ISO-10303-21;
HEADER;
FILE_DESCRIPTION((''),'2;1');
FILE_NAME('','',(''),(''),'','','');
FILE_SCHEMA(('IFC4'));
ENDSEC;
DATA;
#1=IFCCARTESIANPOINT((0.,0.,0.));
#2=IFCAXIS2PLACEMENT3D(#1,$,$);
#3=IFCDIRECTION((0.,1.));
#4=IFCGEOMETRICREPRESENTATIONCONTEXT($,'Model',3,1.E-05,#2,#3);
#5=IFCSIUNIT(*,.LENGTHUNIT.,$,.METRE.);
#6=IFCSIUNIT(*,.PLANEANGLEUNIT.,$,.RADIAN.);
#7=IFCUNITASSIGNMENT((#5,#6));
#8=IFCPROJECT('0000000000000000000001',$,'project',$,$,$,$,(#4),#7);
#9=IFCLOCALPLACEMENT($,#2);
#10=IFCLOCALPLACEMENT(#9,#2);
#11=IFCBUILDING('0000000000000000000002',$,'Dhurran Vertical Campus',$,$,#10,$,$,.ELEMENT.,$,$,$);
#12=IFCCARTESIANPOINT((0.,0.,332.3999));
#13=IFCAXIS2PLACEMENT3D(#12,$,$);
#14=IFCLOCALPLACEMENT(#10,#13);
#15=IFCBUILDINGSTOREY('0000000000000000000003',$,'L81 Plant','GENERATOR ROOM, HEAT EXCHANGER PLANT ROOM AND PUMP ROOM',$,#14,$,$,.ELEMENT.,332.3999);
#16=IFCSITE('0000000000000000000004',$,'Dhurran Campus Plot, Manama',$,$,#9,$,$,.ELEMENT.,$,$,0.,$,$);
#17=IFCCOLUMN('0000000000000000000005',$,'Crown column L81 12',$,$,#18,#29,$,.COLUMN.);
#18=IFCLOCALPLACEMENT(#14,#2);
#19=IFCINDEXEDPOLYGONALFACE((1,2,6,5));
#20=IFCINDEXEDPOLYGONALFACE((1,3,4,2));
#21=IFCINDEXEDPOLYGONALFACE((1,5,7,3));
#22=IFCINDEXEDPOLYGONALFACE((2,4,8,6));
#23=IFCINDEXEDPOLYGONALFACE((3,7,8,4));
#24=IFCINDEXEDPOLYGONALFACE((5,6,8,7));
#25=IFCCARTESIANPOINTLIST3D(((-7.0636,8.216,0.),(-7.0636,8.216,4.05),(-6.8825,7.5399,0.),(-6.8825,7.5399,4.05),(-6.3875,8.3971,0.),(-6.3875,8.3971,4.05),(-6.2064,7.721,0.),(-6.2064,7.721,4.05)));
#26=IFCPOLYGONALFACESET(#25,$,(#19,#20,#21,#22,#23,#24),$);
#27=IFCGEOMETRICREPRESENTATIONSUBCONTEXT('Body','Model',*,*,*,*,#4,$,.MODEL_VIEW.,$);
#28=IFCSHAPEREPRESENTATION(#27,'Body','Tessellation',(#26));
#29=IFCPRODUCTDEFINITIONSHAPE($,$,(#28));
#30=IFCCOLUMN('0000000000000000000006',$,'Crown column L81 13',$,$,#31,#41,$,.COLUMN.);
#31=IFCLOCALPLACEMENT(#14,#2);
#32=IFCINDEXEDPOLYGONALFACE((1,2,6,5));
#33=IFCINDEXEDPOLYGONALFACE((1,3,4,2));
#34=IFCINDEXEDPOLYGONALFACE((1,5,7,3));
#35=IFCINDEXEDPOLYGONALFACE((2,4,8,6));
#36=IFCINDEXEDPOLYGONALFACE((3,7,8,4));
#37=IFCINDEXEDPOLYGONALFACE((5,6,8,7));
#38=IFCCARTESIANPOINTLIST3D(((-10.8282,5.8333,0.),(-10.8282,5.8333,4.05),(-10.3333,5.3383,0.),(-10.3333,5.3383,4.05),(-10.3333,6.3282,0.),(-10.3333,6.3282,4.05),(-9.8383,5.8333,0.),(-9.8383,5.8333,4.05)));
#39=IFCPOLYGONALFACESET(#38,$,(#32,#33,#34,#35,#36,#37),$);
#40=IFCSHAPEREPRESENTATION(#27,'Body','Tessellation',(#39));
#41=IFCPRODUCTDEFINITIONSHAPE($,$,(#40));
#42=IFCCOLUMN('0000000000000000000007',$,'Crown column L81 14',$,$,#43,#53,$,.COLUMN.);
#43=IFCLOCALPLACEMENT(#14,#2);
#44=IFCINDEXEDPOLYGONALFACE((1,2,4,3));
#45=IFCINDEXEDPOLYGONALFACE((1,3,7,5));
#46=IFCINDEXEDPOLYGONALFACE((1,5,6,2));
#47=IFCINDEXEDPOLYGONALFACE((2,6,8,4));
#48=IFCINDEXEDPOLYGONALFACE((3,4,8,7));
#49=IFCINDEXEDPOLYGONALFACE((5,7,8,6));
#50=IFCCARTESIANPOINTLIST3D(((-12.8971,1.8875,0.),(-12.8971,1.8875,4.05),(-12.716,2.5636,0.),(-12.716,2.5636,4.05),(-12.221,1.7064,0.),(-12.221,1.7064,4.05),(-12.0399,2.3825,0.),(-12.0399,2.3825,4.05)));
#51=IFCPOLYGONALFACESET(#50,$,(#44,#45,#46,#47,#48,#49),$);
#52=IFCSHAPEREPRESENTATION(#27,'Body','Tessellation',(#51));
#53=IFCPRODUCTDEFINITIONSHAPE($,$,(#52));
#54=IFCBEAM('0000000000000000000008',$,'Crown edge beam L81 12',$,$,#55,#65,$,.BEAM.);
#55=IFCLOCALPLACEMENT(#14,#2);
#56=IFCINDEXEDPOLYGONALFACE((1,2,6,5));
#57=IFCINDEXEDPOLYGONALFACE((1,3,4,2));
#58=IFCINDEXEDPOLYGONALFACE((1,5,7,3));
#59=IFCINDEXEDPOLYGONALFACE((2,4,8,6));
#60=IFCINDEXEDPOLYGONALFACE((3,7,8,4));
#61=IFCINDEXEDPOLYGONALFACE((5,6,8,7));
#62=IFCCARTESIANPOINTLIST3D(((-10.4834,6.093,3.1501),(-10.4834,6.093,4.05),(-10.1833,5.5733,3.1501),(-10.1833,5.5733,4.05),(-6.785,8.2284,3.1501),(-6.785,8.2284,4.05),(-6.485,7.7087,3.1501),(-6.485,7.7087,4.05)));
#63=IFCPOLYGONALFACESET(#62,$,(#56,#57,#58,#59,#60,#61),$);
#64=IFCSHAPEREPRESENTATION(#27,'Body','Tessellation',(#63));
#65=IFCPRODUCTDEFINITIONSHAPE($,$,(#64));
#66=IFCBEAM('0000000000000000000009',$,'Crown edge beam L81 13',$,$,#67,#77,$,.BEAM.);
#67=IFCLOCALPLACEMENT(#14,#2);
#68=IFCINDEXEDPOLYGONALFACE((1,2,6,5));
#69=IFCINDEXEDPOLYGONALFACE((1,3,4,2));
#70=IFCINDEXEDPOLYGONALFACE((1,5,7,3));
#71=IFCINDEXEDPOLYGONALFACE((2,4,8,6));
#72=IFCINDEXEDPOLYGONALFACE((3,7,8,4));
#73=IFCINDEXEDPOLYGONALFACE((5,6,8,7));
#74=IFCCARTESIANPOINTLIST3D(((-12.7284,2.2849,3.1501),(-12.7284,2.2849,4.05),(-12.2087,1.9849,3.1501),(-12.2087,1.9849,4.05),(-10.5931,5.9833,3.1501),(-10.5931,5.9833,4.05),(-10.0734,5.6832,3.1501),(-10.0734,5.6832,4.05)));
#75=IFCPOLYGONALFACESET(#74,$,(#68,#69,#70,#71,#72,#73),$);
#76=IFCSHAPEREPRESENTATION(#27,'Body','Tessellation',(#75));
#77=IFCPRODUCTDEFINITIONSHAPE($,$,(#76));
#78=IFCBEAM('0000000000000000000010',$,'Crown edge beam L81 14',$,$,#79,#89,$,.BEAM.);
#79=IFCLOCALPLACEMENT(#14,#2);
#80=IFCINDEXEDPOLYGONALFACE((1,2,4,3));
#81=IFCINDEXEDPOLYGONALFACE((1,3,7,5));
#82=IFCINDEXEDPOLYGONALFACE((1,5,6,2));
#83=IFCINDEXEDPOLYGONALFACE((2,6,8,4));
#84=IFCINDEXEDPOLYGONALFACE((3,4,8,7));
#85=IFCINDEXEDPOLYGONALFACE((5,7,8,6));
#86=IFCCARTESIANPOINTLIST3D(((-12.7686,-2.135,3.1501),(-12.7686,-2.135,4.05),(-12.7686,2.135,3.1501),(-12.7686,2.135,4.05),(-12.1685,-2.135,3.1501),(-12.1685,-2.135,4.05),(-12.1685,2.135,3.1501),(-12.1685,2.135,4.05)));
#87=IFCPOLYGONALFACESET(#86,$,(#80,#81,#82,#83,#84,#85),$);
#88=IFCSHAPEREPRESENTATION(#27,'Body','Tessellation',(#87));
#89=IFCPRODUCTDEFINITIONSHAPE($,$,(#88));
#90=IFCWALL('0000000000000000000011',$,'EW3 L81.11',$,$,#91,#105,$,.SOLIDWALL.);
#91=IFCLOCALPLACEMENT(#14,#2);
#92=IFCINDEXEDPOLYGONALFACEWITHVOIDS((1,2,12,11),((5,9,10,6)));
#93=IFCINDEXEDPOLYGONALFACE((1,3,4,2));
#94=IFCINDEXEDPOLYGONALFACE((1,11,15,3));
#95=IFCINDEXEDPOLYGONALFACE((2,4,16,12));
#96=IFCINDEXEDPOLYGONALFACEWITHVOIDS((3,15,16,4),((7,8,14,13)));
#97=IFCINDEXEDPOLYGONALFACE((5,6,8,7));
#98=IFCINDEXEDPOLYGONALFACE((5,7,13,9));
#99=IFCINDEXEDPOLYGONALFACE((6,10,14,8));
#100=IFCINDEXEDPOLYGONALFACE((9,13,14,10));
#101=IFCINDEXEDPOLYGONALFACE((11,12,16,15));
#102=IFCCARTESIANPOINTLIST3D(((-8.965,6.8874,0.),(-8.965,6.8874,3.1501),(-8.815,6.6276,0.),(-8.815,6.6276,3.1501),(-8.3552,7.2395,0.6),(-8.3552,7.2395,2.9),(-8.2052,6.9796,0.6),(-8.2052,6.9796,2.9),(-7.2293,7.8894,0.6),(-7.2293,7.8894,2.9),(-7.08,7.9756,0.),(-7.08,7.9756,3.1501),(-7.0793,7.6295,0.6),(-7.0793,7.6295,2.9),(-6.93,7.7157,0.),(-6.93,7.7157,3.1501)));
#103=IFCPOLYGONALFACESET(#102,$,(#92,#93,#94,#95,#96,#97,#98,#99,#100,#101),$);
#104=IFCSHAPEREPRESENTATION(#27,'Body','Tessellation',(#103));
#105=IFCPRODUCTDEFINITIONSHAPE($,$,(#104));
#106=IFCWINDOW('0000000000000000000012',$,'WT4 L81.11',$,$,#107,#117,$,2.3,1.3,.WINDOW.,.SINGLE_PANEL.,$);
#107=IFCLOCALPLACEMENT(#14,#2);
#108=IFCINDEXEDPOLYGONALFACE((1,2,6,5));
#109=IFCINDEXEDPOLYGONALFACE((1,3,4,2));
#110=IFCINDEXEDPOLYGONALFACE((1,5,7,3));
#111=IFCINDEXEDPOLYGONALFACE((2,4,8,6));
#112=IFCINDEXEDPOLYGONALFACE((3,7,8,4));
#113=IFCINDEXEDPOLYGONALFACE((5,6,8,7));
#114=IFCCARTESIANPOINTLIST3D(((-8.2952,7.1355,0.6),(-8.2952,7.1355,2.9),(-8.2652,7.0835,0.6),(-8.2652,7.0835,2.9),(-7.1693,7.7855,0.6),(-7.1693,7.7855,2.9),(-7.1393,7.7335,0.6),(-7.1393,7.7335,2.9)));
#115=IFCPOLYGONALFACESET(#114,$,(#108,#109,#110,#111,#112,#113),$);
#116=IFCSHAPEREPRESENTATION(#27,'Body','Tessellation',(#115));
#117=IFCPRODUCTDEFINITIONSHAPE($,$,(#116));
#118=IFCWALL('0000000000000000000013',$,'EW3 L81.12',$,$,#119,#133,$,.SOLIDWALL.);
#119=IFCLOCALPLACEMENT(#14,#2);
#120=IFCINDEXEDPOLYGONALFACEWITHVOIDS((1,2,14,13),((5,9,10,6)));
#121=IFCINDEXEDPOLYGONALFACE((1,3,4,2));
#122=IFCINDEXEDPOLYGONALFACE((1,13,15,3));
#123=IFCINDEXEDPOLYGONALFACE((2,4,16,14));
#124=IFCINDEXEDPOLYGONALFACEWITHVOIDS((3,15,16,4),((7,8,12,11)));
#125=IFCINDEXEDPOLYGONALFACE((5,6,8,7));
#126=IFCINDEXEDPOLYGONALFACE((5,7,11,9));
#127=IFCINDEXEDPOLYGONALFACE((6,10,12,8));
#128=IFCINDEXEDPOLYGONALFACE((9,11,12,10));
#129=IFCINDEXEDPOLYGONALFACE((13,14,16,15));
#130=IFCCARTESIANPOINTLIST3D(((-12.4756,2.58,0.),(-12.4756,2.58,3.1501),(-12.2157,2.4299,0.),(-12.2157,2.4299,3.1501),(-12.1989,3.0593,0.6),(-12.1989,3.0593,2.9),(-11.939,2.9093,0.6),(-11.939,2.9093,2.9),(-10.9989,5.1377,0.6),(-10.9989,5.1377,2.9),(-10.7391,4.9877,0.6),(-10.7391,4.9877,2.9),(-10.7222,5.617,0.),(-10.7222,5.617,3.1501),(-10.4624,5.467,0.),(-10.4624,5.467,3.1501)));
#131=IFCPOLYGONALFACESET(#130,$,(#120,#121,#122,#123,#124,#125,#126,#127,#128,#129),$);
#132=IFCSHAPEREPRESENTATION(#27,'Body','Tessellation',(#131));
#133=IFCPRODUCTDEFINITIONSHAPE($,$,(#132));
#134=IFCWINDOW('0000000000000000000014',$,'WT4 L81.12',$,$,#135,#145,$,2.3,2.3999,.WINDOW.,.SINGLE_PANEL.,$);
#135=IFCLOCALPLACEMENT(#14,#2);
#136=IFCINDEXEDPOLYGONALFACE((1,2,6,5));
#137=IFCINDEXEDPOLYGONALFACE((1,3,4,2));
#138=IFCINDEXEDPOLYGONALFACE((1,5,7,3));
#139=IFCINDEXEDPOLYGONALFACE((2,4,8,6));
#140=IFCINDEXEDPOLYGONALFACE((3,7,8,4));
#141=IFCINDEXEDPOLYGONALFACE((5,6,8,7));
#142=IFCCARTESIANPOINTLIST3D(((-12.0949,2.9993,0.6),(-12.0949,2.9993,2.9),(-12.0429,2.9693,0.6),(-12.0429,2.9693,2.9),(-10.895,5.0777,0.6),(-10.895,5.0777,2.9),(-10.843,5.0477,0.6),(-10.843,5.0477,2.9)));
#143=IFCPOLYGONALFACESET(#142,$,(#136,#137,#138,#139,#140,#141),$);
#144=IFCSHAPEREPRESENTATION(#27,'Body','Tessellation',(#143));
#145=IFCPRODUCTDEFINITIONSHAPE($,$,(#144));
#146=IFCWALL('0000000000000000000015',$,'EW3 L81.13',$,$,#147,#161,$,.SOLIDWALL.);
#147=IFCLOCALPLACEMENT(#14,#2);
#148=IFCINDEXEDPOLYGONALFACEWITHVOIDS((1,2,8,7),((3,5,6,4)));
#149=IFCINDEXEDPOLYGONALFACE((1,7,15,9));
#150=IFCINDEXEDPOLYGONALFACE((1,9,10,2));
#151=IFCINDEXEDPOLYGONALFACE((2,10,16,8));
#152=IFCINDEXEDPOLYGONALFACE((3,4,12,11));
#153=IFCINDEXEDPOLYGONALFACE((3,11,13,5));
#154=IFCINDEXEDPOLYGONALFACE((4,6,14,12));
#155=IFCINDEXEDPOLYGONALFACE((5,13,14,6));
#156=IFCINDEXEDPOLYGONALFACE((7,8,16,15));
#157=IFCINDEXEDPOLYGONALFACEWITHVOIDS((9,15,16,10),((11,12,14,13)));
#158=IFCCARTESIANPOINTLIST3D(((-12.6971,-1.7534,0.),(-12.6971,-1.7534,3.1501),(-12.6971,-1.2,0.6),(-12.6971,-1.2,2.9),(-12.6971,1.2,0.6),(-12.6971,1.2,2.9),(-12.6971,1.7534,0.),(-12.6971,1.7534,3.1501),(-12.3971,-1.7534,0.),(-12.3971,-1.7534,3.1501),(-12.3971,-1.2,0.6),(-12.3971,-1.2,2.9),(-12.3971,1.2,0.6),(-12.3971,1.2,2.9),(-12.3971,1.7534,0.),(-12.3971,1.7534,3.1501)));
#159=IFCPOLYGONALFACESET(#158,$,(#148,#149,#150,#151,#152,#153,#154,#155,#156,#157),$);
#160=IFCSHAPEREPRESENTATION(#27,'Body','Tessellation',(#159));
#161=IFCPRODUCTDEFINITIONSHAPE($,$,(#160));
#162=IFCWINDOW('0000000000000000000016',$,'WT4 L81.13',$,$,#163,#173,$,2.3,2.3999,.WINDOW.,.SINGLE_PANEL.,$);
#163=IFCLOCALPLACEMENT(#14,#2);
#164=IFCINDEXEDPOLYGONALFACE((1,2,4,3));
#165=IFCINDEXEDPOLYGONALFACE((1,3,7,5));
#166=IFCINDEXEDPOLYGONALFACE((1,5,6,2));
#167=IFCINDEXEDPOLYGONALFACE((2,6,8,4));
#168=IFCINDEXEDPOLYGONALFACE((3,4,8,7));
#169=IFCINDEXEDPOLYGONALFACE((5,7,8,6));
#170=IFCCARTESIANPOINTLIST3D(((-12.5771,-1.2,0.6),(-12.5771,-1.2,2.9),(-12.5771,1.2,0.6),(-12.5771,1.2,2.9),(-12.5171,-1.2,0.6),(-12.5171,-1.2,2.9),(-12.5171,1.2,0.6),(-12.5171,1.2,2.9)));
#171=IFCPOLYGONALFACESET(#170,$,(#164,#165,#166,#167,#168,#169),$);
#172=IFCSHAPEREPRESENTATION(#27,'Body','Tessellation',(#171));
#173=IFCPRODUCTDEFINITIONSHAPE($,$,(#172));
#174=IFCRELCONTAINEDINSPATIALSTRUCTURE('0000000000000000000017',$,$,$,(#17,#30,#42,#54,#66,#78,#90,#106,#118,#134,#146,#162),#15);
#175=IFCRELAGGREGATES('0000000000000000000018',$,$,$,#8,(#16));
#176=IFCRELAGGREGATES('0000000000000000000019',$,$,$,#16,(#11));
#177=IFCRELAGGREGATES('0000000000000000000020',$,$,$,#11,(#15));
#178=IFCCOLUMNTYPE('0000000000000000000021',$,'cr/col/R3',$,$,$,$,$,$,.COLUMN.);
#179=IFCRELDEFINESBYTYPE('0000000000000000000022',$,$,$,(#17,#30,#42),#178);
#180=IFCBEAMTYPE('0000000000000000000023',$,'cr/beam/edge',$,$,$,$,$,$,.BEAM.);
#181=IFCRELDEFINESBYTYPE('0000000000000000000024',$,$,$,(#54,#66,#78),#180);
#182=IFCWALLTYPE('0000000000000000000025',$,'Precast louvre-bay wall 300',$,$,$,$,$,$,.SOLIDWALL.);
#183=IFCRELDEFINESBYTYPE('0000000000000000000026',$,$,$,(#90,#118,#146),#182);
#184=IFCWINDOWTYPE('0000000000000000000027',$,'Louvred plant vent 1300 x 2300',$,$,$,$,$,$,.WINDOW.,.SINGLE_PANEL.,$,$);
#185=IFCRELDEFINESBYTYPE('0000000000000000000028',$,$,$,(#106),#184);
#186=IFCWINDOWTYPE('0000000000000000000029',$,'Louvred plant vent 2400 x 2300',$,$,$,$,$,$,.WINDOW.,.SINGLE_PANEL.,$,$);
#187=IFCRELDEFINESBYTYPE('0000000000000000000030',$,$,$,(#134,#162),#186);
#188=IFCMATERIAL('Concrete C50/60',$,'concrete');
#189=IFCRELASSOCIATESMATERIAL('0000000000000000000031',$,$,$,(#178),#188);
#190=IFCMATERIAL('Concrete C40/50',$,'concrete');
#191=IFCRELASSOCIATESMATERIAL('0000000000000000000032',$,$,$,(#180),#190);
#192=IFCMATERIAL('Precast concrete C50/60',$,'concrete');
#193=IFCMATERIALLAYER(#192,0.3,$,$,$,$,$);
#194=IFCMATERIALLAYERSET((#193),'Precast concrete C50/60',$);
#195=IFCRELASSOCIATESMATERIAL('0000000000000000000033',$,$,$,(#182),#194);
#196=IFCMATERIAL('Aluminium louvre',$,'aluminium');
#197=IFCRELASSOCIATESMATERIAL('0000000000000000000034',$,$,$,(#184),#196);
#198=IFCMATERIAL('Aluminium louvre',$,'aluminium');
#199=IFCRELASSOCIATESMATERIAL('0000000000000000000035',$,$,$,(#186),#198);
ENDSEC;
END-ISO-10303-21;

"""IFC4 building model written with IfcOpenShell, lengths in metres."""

from ifc_helpers import new_model, si_unit, direction, frame, frame_2d, origin, origin_2d, place, context, subcontext, project, spatial, rectangle, extrude, material, layer, layer_set, material_profile, profile_set, type_object, element, fill, save


model = new_model("IFC4")

# Units and contexts
model_context = context("Model", 3, precision=1e-05, world=origin(), true_north=direction((0.0, 1.0)))
body_context = subcontext(model_context, "Body", "Model", "MODEL_VIEW")
ifc_project = project(units=[si_unit("LENGTHUNIT", "METRE"), si_unit("PLANEANGLEUNIT", "RADIAN")], contexts=[model_context])

# Site, building, storey
site_placement = place(None, origin())
site = spatial("IfcSite", under=ifc_project, at=site_placement, Name="Dhurran Campus Plot, Manama", CompositionType="ELEMENT", RefElevation=0.0)
building_placement = place(site_placement, origin())
building = spatial("IfcBuilding", under=site, at=building_placement, Name="Dhurran Vertical Campus", CompositionType="ELEMENT")
storey_placement = place(building_placement, frame((0.0, 0.0, 332.3999)))
storey = spatial("IfcBuildingStorey", under=building, at=storey_placement, Name="L81 Plant", Description="GENERATOR ROOM, HEAT EXCHANGER PLANT ROOM AND PUMP ROOM", CompositionType="ELEMENT", Elevation=332.3999)

# Columns
ifc_material_1 = material(Name="Concrete C50/60", Category="concrete")
ifc_material_profile_1 = material_profile(ifc_material_1, rectangle(XDim=0.7, YDim=0.7, at=origin_2d()), Name="cr/col/R3")
ifc_profile_set_1 = profile_set([ifc_material_profile_1], Name="Concrete C50/60")
column_type = type_object("IfcColumnType", Name="cr/col/R3", PredefinedType="COLUMN", material=ifc_profile_set_1)
for number, where, z_axis, x_axis, name in (
    (1, (-6.635, 7.9685, 0.0), (0.0, 0.0, 1.0), (-0.965926, -0.258819, 0.0), "Crown column L81 12"),
    (2, (-10.3333, 5.8333, 0.0), (0.0, 0.0, 1.0), (-0.707107, -0.707107, 0.0), "Crown column L81 13"),
    (3, (-12.4685, 2.135, 0.0), (0.0, 0.0, 1.0), (-0.258819, -0.965926, 0.0), "Crown column L81 14"),
):
    element("IfcColumn", number, at=place(storey_placement, frame(where, z_axis=z_axis, x_axis=x_axis)), inside=storey, type_object=column_type, Name=name, PredefinedType="COLUMN", context=body_context, shape_type="SweptSolid", body=[
        extrude(rectangle(XDim=0.7, YDim=0.7, at=origin_2d()), origin(), (0.0, 0.0, 1.0), 4.05),
    ])

# Beams
ifc_material_2 = material(Name="Concrete C40/50", Category="concrete")
ifc_material_profile_2 = material_profile(ifc_material_2, rectangle(XDim=0.6001, YDim=0.8999, at=origin_2d()), Name="cr/beam/edge")
ifc_profile_set_2 = profile_set([ifc_material_profile_2], Name="Concrete C40/50")
beam_type = type_object("IfcBeamType", Name="cr/beam/edge", PredefinedType="BEAM", material=ifc_profile_set_2)
for number, where, z_axis, x_axis, name in (
    (4, (-6.635, 7.9685, 3.6001), (-0.866018, -0.500013, 0.0), (0.500013, -0.866018, 0.0), "Crown edge beam L81 12"),
    (5, (-10.3333, 5.8333, 3.6001), (-0.500013, -0.866018, 0.0), (0.866018, -0.500013, 0.0), "Crown edge beam L81 13"),
):
    element("IfcBeam", number, at=place(storey_placement, frame(where, z_axis=z_axis, x_axis=x_axis)), inside=storey, type_object=beam_type, Name=name, PredefinedType="BEAM", context=body_context, shape_type="SweptSolid", body=[
        extrude(rectangle(XDim=0.6001, YDim=0.8999, at=origin_2d()), origin(), (0.0, 0.0, 1.0), 4.2705),
    ])
beam_placement = place(storey_placement, frame((-12.4685, 2.135, 3.6001), z_axis=(0.0, -1.0, 0.0), x_axis=(1.0, 0.0, 0.0)))
element("IfcBeam", 6, at=beam_placement, inside=storey, type_object=beam_type, Name="Crown edge beam L81 14", PredefinedType="BEAM", context=body_context, shape_type="SweptSolid", body=[
    extrude(rectangle(XDim=0.6001, YDim=0.8999, at=origin_2d()), origin(), (0.0, 0.0, 1.0), 4.27),
])

# Walls, openings, windows
ifc_material_3 = material(Name="Precast concrete C50/60", Category="concrete")
ifc_layer_1 = layer(ifc_material_3, 0.3)
ifc_layer_set_1 = layer_set([ifc_layer_1], Name="Precast concrete C50/60")
wall_type_1 = type_object("IfcWallType", Name="Precast louvre-bay wall 300", PredefinedType="SOLIDWALL", material=ifc_layer_set_1)
wall_1_placement = place(storey_placement, frame((-7.0049, 7.8457, 0.0), z_axis=(0.0, 0.0, 1.0), x_axis=(-0.86606, -0.499939, 0.0)))
wall_1 = element("IfcWall", 7, at=wall_1_placement, inside=storey, type_object=wall_type_1, Name="EW3 L81.11", PredefinedType="SOLIDWALL", context=body_context, shape_type="SweptSolid", body=[
    extrude(rectangle(XDim=2.1765, YDim=0.3, at=frame_2d((1.0884, 0.0))), origin(), (0.0, 0.0, 1.0), 3.1501),
])
opening_1_placement = place(wall_1_placement, frame((0.1726, 0.0, 0.6001)))
opening_1 = element("IfcOpeningElement", 8, at=opening_1_placement, cuts=wall_1, PredefinedType="OPENING", context=body_context, shape_type="SweptSolid", body=[
    extrude(rectangle(XDim=1.3, YDim=2.3, at=frame_2d((0.6499, 1.1499))), frame((0.0, 0.1599, 0.0), z_axis=(0.0, -1.0, 0.0), x_axis=(1.0, 0.0, 0.0)), (0.0, 0.0, 1.0), 0.3201),
])
ifc_material_4 = material(Name="Aluminium louvre", Category="aluminium")
window_type_1 = type_object("IfcWindowType", Name="Louvred plant vent 1300 x 2300", PartitioningType="SINGLE_PANEL", PredefinedType="WINDOW", material=ifc_material_4)
window_1_placement = place(opening_1_placement, origin())
window_1 = element("IfcWindow", 9, at=window_1_placement, inside=storey, type_object=window_type_1, Name="WT4 L81.11", OverallHeight=2.3, OverallWidth=1.3, PartitioningType="SINGLE_PANEL", PredefinedType="WINDOW", context=body_context, shape_type="SweptSolid", body=[
    extrude(rectangle(XDim=1.3, YDim=2.3, at=frame_2d((0.6499, 1.1499))), frame((0.0, 0.03, 0.0), z_axis=(0.0, -1.0, 0.0), x_axis=(1.0, 0.0, 0.0)), (0.0, 0.0, 1.0), 0.0601),
])
fill(opening_1, window_1)
wall_2_placement = place(storey_placement, frame((-10.5923, 5.542, 0.0), z_axis=(0.0, 0.0, 1.0), x_axis=(-0.499988, -0.866033, 0.0)))
wall_2 = element("IfcWall", 10, at=wall_2_placement, inside=storey, type_object=wall_type_1, Name="EW3 L81.12", PredefinedType="SOLIDWALL", context=body_context, shape_type="SweptSolid", body=[
    extrude(rectangle(XDim=3.5068, YDim=0.3, at=frame_2d((1.7534, 0.0))), origin(), (0.0, 0.0, 1.0), 3.1501),
])
opening_2_placement = place(wall_2_placement, frame((0.5535, 0.0, 0.6001)))
opening_2 = element("IfcOpeningElement", 11, at=opening_2_placement, cuts=wall_2, PredefinedType="OPENING", context=body_context, shape_type="SweptSolid", body=[
    extrude(rectangle(XDim=2.3999, YDim=2.3, at=frame_2d((1.2, 1.1499))), frame((0.0, 0.1599, 0.0), z_axis=(0.0, -1.0, 0.0), x_axis=(1.0, 0.0, 0.0)), (0.0, 0.0, 1.0), 0.3201),
])
ifc_material_5 = material(Name="Aluminium louvre", Category="aluminium")
window_type_2 = type_object("IfcWindowType", Name="Louvred plant vent 2400 x 2300", PartitioningType="SINGLE_PANEL", PredefinedType="WINDOW", material=ifc_material_5)
window_2_placement = place(opening_2_placement, origin())
window_2 = element("IfcWindow", 12, at=window_2_placement, inside=storey, type_object=window_type_2, Name="WT4 L81.12", OverallHeight=2.3, OverallWidth=2.3999, PartitioningType="SINGLE_PANEL", PredefinedType="WINDOW", context=body_context, shape_type="SweptSolid", body=[
    extrude(rectangle(XDim=2.3999, YDim=2.3, at=frame_2d((1.2, 1.1499))), frame((0.0, 0.03, 0.0), z_axis=(0.0, -1.0, 0.0), x_axis=(1.0, 0.0, 0.0)), (0.0, 0.0, 1.0), 0.0601),
])
fill(opening_2, window_2)
wall_3_placement = place(storey_placement, frame((-12.5471, 1.7534, 0.0), z_axis=(0.0, 0.0, 1.0), x_axis=(0.0, -1.0, 0.0)))
wall_3 = element("IfcWall", 13, at=wall_3_placement, inside=storey, type_object=wall_type_1, Name="EW3 L81.13", PredefinedType="SOLIDWALL", context=body_context, shape_type="SweptSolid", body=[
    extrude(rectangle(XDim=3.5068, YDim=0.3, at=frame_2d((1.7534, 0.0))), origin(), (0.0, 0.0, 1.0), 3.1501),
])
opening_3_placement = place(wall_3_placement, frame((0.5535, 0.0, 0.6001)))
opening_3 = element("IfcOpeningElement", 14, at=opening_3_placement, cuts=wall_3, PredefinedType="OPENING", context=body_context, shape_type="SweptSolid", body=[
    extrude(rectangle(XDim=2.3999, YDim=2.3, at=frame_2d((1.2, 1.1499))), frame((0.0, 0.1599, 0.0), z_axis=(0.0, -1.0, 0.0), x_axis=(1.0, 0.0, 0.0)), (0.0, 0.0, 1.0), 0.3201),
])
window_3_placement = place(opening_3_placement, origin())
window_3 = element("IfcWindow", 15, at=window_3_placement, inside=storey, type_object=window_type_2, Name="WT4 L81.13", OverallHeight=2.3, OverallWidth=2.3999, PartitioningType="SINGLE_PANEL", PredefinedType="WINDOW", context=body_context, shape_type="SweptSolid", body=[
    extrude(rectangle(XDim=2.3999, YDim=2.3, at=frame_2d((1.2, 1.1499))), frame((0.0, 0.03, 0.0), z_axis=(0.0, -1.0, 0.0), x_axis=(1.0, 0.0, 0.0)), (0.0, 0.0, 1.0), 0.0601),
])
fill(opening_3, window_3)

save(model, "model.ifc")
